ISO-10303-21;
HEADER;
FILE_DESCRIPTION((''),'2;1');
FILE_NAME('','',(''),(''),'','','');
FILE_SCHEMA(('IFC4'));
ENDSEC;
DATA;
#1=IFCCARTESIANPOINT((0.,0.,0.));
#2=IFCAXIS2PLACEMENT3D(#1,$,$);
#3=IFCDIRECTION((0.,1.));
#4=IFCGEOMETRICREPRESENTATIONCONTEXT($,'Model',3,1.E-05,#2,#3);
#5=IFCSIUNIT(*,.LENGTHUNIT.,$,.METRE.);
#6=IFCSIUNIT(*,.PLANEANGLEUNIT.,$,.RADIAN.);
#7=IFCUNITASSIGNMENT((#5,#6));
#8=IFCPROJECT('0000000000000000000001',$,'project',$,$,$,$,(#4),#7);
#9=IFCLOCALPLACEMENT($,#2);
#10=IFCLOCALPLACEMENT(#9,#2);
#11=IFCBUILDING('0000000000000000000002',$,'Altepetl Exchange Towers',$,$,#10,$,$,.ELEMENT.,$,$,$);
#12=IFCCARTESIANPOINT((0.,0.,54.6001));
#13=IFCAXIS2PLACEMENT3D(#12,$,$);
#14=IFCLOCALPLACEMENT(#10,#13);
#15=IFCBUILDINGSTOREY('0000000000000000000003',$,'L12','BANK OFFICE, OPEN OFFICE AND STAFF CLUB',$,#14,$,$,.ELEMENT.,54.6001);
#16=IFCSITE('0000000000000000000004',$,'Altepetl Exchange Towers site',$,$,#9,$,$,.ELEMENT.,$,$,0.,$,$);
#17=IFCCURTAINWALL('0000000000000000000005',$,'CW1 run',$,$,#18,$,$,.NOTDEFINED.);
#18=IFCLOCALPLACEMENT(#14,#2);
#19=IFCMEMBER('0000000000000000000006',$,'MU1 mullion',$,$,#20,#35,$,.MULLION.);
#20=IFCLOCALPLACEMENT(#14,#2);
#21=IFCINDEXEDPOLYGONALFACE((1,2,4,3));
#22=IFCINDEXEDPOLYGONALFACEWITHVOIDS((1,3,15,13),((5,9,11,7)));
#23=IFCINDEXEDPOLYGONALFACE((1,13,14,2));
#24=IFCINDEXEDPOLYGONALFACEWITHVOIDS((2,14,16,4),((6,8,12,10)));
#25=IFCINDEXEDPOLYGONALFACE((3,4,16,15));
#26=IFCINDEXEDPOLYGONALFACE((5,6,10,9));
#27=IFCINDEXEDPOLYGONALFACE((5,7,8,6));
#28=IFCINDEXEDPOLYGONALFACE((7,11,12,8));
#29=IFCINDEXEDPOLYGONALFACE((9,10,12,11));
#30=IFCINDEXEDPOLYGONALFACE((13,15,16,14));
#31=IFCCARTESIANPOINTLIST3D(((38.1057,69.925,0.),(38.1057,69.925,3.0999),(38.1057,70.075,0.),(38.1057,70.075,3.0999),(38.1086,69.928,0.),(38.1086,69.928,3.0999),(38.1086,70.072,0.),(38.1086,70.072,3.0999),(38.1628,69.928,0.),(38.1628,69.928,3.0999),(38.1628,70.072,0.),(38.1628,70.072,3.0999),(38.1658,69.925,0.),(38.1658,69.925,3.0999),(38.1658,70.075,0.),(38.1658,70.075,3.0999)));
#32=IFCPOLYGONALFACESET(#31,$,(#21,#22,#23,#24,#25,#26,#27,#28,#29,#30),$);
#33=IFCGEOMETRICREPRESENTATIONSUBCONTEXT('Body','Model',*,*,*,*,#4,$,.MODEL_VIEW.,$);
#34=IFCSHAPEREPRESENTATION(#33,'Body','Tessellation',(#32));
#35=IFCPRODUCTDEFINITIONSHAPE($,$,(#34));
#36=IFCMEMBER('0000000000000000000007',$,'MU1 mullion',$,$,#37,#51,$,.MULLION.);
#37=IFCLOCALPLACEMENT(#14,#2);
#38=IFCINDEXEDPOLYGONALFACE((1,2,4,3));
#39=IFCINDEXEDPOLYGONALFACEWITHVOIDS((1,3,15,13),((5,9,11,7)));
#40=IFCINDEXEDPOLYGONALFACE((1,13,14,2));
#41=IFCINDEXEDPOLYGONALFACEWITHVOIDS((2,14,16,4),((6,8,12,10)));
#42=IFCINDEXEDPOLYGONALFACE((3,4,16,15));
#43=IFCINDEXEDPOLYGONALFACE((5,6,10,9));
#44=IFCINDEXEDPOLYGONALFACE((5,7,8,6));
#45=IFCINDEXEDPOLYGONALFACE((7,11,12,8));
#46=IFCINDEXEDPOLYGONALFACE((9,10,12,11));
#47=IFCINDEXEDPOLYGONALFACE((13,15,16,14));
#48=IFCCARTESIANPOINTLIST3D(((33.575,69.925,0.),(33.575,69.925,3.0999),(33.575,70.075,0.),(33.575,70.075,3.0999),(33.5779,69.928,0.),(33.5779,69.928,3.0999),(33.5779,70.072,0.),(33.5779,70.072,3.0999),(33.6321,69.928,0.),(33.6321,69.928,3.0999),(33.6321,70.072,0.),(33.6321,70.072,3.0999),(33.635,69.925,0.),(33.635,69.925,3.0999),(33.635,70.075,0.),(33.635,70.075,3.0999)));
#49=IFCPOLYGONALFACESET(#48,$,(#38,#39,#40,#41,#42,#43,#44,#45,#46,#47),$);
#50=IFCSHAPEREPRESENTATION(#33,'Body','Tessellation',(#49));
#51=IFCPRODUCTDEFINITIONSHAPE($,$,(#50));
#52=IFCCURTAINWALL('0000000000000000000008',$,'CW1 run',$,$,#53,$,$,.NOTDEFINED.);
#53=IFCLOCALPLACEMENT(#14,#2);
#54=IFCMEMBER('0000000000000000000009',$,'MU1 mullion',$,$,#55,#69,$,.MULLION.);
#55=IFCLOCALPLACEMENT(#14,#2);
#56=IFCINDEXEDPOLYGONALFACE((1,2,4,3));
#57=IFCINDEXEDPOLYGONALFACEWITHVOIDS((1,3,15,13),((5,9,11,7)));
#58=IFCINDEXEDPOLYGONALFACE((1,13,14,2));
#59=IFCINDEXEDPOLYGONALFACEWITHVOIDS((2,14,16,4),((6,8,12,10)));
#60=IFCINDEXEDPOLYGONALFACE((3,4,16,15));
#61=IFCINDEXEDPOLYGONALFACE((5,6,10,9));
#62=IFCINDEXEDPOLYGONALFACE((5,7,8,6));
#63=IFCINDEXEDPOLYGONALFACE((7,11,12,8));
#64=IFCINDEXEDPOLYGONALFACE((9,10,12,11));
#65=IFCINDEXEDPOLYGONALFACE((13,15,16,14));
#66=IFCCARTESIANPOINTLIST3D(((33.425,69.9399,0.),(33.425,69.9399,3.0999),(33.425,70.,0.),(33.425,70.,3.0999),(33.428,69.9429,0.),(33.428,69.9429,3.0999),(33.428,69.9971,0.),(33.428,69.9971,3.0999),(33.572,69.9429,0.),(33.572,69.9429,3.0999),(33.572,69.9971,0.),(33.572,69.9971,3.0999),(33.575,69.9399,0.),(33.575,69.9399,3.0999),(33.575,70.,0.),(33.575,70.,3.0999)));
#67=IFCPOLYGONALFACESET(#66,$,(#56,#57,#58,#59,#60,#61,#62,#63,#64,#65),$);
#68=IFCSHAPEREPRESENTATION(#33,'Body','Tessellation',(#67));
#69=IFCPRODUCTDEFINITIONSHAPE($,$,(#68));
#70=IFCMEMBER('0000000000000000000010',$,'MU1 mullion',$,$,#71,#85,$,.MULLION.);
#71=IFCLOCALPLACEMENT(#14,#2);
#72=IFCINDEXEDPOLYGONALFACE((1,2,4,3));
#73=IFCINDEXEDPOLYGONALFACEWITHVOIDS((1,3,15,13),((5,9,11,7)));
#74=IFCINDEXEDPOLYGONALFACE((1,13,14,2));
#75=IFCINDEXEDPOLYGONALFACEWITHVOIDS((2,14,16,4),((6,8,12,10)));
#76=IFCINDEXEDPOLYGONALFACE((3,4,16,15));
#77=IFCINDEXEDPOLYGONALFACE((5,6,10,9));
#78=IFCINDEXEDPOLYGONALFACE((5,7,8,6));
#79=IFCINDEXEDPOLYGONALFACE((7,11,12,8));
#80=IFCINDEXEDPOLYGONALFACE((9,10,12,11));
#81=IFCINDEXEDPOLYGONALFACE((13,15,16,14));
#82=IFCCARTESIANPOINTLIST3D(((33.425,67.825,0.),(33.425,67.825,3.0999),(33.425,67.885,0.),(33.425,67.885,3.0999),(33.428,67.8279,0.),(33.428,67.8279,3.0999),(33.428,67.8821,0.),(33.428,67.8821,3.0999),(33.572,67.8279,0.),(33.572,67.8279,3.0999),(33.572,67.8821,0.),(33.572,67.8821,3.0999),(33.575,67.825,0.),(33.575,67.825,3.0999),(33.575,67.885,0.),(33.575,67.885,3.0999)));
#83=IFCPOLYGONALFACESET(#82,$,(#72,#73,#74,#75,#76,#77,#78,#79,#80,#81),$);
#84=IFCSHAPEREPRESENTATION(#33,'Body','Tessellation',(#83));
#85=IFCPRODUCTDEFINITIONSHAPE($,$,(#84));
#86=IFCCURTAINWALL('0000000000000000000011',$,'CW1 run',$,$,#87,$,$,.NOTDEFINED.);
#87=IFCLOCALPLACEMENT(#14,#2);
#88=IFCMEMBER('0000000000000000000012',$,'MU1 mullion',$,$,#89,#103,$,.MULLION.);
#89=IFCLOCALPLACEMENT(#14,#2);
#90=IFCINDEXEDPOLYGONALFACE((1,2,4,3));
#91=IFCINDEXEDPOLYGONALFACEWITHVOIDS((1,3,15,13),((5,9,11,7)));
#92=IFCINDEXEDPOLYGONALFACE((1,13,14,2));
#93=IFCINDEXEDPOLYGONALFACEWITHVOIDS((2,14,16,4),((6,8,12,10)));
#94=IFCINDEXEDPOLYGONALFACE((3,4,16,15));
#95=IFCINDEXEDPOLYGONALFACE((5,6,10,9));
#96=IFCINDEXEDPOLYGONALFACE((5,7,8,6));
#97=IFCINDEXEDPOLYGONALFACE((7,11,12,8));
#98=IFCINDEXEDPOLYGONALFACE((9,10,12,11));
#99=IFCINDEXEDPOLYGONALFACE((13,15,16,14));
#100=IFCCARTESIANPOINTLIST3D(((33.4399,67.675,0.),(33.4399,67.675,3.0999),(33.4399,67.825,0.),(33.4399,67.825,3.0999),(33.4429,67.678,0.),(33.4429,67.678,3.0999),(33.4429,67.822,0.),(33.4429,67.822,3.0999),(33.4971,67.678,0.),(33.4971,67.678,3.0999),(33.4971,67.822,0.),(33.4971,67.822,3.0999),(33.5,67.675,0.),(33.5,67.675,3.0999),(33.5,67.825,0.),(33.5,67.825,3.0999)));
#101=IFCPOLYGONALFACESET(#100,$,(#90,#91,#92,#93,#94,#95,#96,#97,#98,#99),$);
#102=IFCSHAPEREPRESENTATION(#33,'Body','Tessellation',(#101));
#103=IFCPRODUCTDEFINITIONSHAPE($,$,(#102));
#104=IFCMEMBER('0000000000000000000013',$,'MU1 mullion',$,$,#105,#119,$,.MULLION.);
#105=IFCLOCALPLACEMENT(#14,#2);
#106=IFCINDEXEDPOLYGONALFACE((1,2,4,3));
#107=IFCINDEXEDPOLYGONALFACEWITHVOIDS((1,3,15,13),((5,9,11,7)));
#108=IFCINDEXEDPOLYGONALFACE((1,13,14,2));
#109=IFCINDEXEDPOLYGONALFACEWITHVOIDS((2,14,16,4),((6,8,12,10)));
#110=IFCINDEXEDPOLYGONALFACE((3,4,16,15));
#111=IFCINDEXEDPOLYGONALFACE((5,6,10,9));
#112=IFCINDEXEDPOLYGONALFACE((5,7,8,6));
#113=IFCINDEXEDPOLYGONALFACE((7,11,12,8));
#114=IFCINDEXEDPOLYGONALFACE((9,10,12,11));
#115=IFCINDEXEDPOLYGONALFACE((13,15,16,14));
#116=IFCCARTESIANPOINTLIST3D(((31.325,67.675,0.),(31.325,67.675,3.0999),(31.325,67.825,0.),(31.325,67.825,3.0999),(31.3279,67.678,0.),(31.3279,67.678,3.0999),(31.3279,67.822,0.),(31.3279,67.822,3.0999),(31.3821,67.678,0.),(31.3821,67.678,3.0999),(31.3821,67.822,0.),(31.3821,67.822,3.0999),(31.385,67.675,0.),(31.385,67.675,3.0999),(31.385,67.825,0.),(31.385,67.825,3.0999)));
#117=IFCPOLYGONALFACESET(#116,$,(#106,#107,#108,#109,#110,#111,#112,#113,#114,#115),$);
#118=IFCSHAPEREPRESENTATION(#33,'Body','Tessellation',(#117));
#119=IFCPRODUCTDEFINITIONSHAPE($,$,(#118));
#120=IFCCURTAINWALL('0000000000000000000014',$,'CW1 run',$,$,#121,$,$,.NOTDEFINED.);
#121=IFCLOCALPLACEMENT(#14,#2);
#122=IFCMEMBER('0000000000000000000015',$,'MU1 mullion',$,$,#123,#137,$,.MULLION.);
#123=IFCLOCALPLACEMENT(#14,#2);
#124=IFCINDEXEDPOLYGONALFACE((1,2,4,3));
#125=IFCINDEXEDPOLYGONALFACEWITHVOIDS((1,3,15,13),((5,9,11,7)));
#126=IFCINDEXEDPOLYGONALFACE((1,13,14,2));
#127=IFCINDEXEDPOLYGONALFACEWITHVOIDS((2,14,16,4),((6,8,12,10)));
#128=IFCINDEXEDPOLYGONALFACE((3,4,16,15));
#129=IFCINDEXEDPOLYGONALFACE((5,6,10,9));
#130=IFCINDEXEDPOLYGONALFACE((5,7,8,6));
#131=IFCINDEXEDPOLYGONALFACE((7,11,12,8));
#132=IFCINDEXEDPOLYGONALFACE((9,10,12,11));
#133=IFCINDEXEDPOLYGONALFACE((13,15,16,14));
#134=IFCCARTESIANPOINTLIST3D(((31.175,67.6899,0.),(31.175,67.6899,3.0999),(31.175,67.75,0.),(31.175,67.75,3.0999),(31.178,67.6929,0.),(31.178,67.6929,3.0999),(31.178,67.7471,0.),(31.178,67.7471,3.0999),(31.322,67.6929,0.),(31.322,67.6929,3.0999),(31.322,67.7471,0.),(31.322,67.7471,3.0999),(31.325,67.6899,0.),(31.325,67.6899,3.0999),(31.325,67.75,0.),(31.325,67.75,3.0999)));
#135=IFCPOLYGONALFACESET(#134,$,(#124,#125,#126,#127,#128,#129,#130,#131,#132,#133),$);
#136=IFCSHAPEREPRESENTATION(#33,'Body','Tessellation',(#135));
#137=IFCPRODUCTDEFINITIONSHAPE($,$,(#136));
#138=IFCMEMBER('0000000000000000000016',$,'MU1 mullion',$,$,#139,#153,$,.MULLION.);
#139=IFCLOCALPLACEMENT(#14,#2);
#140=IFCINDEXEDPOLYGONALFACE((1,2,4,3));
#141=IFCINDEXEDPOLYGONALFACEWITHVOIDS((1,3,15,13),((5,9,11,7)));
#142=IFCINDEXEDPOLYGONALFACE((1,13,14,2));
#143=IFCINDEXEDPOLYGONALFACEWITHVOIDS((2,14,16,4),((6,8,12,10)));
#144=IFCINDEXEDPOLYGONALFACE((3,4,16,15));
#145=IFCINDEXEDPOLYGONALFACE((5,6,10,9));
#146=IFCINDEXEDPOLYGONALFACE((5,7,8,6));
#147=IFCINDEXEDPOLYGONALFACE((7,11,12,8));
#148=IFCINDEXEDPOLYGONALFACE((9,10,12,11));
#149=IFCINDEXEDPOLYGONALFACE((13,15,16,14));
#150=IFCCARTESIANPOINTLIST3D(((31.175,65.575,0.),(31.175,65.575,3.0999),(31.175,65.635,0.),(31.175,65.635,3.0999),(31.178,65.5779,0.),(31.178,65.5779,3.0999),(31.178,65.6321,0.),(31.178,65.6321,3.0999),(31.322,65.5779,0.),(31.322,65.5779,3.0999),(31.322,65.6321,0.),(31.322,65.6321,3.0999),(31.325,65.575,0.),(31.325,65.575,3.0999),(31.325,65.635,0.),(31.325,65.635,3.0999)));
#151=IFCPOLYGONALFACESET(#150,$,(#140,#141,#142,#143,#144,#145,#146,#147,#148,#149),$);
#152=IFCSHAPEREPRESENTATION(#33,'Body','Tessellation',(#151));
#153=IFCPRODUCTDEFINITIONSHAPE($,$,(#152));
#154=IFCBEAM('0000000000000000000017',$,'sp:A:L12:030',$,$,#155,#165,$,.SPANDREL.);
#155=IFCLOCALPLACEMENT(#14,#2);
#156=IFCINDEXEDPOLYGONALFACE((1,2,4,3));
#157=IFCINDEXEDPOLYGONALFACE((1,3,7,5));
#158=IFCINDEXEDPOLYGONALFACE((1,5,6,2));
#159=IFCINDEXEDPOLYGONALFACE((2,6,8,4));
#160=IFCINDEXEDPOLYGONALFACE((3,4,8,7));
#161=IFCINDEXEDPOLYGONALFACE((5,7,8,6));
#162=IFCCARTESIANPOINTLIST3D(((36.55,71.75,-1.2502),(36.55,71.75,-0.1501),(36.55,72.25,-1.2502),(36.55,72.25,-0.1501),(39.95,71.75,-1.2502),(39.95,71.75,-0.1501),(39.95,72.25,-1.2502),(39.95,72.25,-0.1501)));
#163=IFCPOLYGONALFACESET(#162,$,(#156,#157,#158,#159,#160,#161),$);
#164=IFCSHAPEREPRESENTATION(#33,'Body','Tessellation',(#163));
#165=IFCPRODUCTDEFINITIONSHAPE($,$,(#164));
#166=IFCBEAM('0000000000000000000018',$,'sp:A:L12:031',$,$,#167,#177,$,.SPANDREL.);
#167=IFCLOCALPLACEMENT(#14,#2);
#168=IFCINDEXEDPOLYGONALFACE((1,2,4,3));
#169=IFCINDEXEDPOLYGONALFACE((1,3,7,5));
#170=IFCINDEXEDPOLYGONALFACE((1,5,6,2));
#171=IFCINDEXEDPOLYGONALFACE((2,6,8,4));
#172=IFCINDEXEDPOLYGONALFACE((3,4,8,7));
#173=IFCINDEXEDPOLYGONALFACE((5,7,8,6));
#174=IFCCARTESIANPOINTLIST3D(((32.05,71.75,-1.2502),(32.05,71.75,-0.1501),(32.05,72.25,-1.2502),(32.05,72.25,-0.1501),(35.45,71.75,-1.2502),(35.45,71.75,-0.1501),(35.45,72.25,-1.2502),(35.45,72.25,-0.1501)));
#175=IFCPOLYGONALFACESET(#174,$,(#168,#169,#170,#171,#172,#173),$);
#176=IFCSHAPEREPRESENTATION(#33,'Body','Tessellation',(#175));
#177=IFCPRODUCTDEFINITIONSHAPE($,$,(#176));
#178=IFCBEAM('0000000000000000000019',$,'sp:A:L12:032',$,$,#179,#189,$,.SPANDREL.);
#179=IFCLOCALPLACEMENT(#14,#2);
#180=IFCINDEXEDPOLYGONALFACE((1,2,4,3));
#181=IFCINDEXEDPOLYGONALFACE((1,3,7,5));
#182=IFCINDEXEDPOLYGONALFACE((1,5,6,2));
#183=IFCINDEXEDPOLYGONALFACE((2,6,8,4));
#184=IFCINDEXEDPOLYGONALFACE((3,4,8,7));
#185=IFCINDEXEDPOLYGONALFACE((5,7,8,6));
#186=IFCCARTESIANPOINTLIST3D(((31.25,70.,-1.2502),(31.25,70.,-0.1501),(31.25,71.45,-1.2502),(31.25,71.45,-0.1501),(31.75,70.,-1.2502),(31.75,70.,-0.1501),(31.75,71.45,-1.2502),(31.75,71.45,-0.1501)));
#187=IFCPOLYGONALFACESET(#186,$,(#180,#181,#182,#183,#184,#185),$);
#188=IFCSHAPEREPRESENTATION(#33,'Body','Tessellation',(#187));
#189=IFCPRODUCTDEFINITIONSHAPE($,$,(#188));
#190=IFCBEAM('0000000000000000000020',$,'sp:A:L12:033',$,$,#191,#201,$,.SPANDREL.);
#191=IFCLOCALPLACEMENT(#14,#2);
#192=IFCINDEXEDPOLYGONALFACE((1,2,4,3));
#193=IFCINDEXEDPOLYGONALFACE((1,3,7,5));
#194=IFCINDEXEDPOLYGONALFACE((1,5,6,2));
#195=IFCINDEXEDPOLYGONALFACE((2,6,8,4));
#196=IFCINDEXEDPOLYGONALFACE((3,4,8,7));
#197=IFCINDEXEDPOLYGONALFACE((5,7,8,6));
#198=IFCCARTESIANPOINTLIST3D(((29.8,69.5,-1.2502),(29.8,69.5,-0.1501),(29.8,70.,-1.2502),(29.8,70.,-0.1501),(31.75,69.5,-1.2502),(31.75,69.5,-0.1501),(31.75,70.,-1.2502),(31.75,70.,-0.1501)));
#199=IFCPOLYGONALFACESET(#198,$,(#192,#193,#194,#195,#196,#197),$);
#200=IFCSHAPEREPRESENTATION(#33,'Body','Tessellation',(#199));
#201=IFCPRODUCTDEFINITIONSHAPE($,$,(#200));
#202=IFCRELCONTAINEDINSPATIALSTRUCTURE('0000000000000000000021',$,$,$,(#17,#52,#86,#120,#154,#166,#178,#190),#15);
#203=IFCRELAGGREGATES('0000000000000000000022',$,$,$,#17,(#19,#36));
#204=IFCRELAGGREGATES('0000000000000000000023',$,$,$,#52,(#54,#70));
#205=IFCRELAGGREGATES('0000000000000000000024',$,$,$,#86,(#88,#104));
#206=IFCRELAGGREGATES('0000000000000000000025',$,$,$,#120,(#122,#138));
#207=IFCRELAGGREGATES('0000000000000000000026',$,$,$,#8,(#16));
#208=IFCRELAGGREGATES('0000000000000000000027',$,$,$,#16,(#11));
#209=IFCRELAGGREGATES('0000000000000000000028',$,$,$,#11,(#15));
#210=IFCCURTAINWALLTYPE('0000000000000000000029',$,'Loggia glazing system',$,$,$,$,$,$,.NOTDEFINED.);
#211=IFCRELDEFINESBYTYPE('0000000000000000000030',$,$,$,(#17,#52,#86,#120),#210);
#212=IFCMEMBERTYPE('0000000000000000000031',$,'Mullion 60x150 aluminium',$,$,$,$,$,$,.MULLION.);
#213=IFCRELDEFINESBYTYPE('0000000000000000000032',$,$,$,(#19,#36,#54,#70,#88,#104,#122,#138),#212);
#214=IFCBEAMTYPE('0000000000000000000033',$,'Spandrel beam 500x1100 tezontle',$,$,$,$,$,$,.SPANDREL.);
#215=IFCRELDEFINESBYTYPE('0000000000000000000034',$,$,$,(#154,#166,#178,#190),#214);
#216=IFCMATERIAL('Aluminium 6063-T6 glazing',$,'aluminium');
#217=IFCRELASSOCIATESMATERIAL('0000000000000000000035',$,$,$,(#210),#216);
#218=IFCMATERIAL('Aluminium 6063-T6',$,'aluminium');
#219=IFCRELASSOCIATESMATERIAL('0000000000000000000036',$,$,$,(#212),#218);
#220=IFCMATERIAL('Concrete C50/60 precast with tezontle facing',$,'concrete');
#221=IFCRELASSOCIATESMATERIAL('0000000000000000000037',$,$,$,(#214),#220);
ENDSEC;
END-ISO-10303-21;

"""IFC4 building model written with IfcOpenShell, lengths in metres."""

from ifc_helpers import new_model, si_unit, direction, frame, origin, origin_2d, place, context, subcontext, project, spatial, rectangle, hollow_rectangle, extrude, material, material_profile, profile_set, type_object, element, aggregate, save


model = new_model("IFC4")

# Units and contexts
model_context = context("Model", 3, precision=1e-05, world=origin(), true_north=direction((0.0, 1.0)))
body_context = subcontext(model_context, "Body", "Model", "MODEL_VIEW")
ifc_project = project(units=[si_unit("LENGTHUNIT", "METRE"), si_unit("PLANEANGLEUNIT", "RADIAN")], contexts=[model_context])

# Site, building, storey
site_placement = place(None, origin())
site = spatial("IfcSite", under=ifc_project, at=site_placement, Name="Altepetl Exchange Towers site", CompositionType="ELEMENT", RefElevation=0.0)
building_placement = place(site_placement, origin())
building = spatial("IfcBuilding", under=site, at=building_placement, Name="Altepetl Exchange Towers", CompositionType="ELEMENT")
storey_placement = place(building_placement, frame((0.0, 0.0, 54.6001)))
storey = spatial("IfcBuildingStorey", under=building, at=storey_placement, Name="L12", Description="BANK OFFICE, OPEN OFFICE AND STAFF CLUB", CompositionType="ELEMENT", Elevation=54.6001)

# Shared definitions
ifc_material_1 = material(Name="Aluminium 6063-T6 glazing", Category="aluminium")
curtain_wall_type = type_object("IfcCurtainWallType", Name="Loggia glazing system", PredefinedType="NOTDEFINED", material=ifc_material_1)
ifc_material_2 = material(Name="Aluminium 6063-T6", Category="aluminium")
ifc_material_profile_1 = material_profile(ifc_material_2, hollow_rectangle(XDim=0.0601, YDim=0.1499, WallThickness=0.0029, at=origin_2d()), Name="Mullion 60x150 aluminium")
ifc_profile_set_1 = profile_set([ifc_material_profile_1], Name="Aluminium 6063-T6")
member_type = type_object("IfcMemberType", Name="Mullion 60x150 aluminium", PredefinedType="MULLION", material=ifc_profile_set_1)

# Curtain walls, members
curtain_wall_1_placement = place(storey_placement, origin())
curtain_wall_1 = element("IfcCurtainWall", 1, at=curtain_wall_1_placement, inside=storey, type_object=curtain_wall_type, Name="CW1 run", PredefinedType="NOTDEFINED")
member_1_placement = place(storey_placement, frame((38.1357, 70.0, 0.0), z_axis=(0.0, 0.0, 1.0), x_axis=(-1.0, 0.0, 0.0)))
member_1 = element("IfcMember", 2, at=member_1_placement, type_object=member_type, Name="MU1 mullion", PredefinedType="MULLION", context=body_context, shape_type="SweptSolid", body=[
    extrude(hollow_rectangle(XDim=0.0601, YDim=0.1499, WallThickness=0.0029, at=origin_2d()), origin(), (0.0, 0.0, 1.0), 3.0999),
])
member_2_placement = place(storey_placement, frame((33.605, 70.0, 0.0), z_axis=(0.0, 0.0, 1.0), x_axis=(-1.0, 0.0, 0.0)))
member_2 = element("IfcMember", 3, at=member_2_placement, type_object=member_type, Name="MU1 mullion", PredefinedType="MULLION", context=body_context, shape_type="SweptSolid", body=[
    extrude(hollow_rectangle(XDim=0.0601, YDim=0.1499, WallThickness=0.0029, at=origin_2d()), origin(), (0.0, 0.0, 1.0), 3.0999),
])
curtain_wall_2_placement = place(storey_placement, origin())
curtain_wall_2 = element("IfcCurtainWall", 4, at=curtain_wall_2_placement, inside=storey, type_object=curtain_wall_type, Name="CW1 run", PredefinedType="NOTDEFINED")
member_3_placement = place(storey_placement, frame((33.5, 69.97, 0.0), z_axis=(0.0, 0.0, 1.0), x_axis=(0.0, -1.0, 0.0)))
member_3 = element("IfcMember", 5, at=member_3_placement, type_object=member_type, Name="MU1 mullion", PredefinedType="MULLION", context=body_context, shape_type="SweptSolid", body=[
    extrude(hollow_rectangle(XDim=0.0601, YDim=0.1499, WallThickness=0.0029, at=origin_2d()), origin(), (0.0, 0.0, 1.0), 3.0999),
])
member_4_placement = place(storey_placement, frame((33.5, 67.855, 0.0), z_axis=(0.0, 0.0, 1.0), x_axis=(0.0, -1.0, 0.0)))
member_4 = element("IfcMember", 6, at=member_4_placement, type_object=member_type, Name="MU1 mullion", PredefinedType="MULLION", context=body_context, shape_type="SweptSolid", body=[
    extrude(hollow_rectangle(XDim=0.0601, YDim=0.1499, WallThickness=0.0029, at=origin_2d()), origin(), (0.0, 0.0, 1.0), 3.0999),
])
curtain_wall_3_placement = place(storey_placement, origin())
curtain_wall_3 = element("IfcCurtainWall", 7, at=curtain_wall_3_placement, inside=storey, type_object=curtain_wall_type, Name="CW1 run", PredefinedType="NOTDEFINED")
member_5_placement = place(storey_placement, frame((33.47, 67.75, 0.0), z_axis=(0.0, 0.0, 1.0), x_axis=(-1.0, 0.0, 0.0)))
member_5 = element("IfcMember", 8, at=member_5_placement, type_object=member_type, Name="MU1 mullion", PredefinedType="MULLION", context=body_context, shape_type="SweptSolid", body=[
    extrude(hollow_rectangle(XDim=0.0601, YDim=0.1499, WallThickness=0.0029, at=origin_2d()), origin(), (0.0, 0.0, 1.0), 3.0999),
])
member_6_placement = place(storey_placement, frame((31.355, 67.75, 0.0), z_axis=(0.0, 0.0, 1.0), x_axis=(-1.0, 0.0, 0.0)))
member_6 = element("IfcMember", 9, at=member_6_placement, type_object=member_type, Name="MU1 mullion", PredefinedType="MULLION", context=body_context, shape_type="SweptSolid", body=[
    extrude(hollow_rectangle(XDim=0.0601, YDim=0.1499, WallThickness=0.0029, at=origin_2d()), origin(), (0.0, 0.0, 1.0), 3.0999),
])
curtain_wall_4_placement = place(storey_placement, origin())
curtain_wall_4 = element("IfcCurtainWall", 10, at=curtain_wall_4_placement, inside=storey, type_object=curtain_wall_type, Name="CW1 run", PredefinedType="NOTDEFINED")
member_7_placement = place(storey_placement, frame((31.25, 67.72, 0.0), z_axis=(0.0, 0.0, 1.0), x_axis=(0.0, -1.0, 0.0)))
member_7 = element("IfcMember", 11, at=member_7_placement, type_object=member_type, Name="MU1 mullion", PredefinedType="MULLION", context=body_context, shape_type="SweptSolid", body=[
    extrude(hollow_rectangle(XDim=0.0601, YDim=0.1499, WallThickness=0.0029, at=origin_2d()), origin(), (0.0, 0.0, 1.0), 3.0999),
])
member_8_placement = place(storey_placement, frame((31.25, 65.605, 0.0), z_axis=(0.0, 0.0, 1.0), x_axis=(0.0, -1.0, 0.0)))
member_8 = element("IfcMember", 12, at=member_8_placement, type_object=member_type, Name="MU1 mullion", PredefinedType="MULLION", context=body_context, shape_type="SweptSolid", body=[
    extrude(hollow_rectangle(XDim=0.0601, YDim=0.1499, WallThickness=0.0029, at=origin_2d()), origin(), (0.0, 0.0, 1.0), 3.0999),
])

# Beams
ifc_material_3 = material(Name="Concrete C50/60 precast with tezontle facing", Category="concrete")
ifc_material_profile_2 = material_profile(ifc_material_3, rectangle(XDim=0.5, YDim=1.1001, at=origin_2d()), Name="500 x 1100")
ifc_profile_set_2 = profile_set([ifc_material_profile_2], Name="Concrete C50/60 precast with tezontle facing")
beam_type_1 = type_object("IfcBeamType", Name="Spandrel beam 500x1100 tezontle", PredefinedType="SPANDREL", material=ifc_profile_set_2)
for number, where, z_axis, x_axis, name in (
    (13, (39.95, 72.0, -0.7002), (-1.0, 0.0, 0.0), (0.0, -1.0, 0.0), "sp:A:L12:030"),
    (14, (35.45, 72.0, -0.7002), (-1.0, 0.0, 0.0), (0.0, -1.0, 0.0), "sp:A:L12:031"),
):
    element("IfcBeam", number, at=place(storey_placement, frame(where, z_axis=z_axis, x_axis=x_axis)), inside=storey, type_object=beam_type_1, Name=name, PredefinedType="SPANDREL", context=body_context, shape_type="SweptSolid", body=[
        extrude(rectangle(XDim=0.5, YDim=1.1001, at=origin_2d()), origin(), (0.0, 0.0, 1.0), 3.3999),
    ])
beam_1_placement = place(storey_placement, frame((31.5, 71.45, -0.7002), z_axis=(0.0, -1.0, 0.0), x_axis=(1.0, 0.0, 0.0)))
element("IfcBeam", 15, at=beam_1_placement, inside=storey, type_object=beam_type_1, Name="sp:A:L12:032", PredefinedType="SPANDREL", context=body_context, shape_type="SweptSolid", body=[
    extrude(rectangle(XDim=0.5, YDim=1.1001, at=origin_2d()), origin(), (0.0, 0.0, 1.0), 1.45),
])
beam_2_placement = place(storey_placement, frame((31.75, 69.75, -0.7002), z_axis=(-1.0, 0.0, 0.0), x_axis=(0.0, -1.0, 0.0)))
element("IfcBeam", 16, at=beam_2_placement, inside=storey, type_object=beam_type_1, Name="sp:A:L12:033", PredefinedType="SPANDREL", context=body_context, shape_type="SweptSolid", body=[
    extrude(rectangle(XDim=0.5, YDim=1.1001, at=origin_2d()), origin(), (0.0, 0.0, 1.0), 1.95),
])

aggregate(curtain_wall_1, [member_1, member_2])
aggregate(curtain_wall_2, [member_3, member_4])
aggregate(curtain_wall_3, [member_5, member_6])
aggregate(curtain_wall_4, [member_7, member_8])

save(model, "model.ifc")
